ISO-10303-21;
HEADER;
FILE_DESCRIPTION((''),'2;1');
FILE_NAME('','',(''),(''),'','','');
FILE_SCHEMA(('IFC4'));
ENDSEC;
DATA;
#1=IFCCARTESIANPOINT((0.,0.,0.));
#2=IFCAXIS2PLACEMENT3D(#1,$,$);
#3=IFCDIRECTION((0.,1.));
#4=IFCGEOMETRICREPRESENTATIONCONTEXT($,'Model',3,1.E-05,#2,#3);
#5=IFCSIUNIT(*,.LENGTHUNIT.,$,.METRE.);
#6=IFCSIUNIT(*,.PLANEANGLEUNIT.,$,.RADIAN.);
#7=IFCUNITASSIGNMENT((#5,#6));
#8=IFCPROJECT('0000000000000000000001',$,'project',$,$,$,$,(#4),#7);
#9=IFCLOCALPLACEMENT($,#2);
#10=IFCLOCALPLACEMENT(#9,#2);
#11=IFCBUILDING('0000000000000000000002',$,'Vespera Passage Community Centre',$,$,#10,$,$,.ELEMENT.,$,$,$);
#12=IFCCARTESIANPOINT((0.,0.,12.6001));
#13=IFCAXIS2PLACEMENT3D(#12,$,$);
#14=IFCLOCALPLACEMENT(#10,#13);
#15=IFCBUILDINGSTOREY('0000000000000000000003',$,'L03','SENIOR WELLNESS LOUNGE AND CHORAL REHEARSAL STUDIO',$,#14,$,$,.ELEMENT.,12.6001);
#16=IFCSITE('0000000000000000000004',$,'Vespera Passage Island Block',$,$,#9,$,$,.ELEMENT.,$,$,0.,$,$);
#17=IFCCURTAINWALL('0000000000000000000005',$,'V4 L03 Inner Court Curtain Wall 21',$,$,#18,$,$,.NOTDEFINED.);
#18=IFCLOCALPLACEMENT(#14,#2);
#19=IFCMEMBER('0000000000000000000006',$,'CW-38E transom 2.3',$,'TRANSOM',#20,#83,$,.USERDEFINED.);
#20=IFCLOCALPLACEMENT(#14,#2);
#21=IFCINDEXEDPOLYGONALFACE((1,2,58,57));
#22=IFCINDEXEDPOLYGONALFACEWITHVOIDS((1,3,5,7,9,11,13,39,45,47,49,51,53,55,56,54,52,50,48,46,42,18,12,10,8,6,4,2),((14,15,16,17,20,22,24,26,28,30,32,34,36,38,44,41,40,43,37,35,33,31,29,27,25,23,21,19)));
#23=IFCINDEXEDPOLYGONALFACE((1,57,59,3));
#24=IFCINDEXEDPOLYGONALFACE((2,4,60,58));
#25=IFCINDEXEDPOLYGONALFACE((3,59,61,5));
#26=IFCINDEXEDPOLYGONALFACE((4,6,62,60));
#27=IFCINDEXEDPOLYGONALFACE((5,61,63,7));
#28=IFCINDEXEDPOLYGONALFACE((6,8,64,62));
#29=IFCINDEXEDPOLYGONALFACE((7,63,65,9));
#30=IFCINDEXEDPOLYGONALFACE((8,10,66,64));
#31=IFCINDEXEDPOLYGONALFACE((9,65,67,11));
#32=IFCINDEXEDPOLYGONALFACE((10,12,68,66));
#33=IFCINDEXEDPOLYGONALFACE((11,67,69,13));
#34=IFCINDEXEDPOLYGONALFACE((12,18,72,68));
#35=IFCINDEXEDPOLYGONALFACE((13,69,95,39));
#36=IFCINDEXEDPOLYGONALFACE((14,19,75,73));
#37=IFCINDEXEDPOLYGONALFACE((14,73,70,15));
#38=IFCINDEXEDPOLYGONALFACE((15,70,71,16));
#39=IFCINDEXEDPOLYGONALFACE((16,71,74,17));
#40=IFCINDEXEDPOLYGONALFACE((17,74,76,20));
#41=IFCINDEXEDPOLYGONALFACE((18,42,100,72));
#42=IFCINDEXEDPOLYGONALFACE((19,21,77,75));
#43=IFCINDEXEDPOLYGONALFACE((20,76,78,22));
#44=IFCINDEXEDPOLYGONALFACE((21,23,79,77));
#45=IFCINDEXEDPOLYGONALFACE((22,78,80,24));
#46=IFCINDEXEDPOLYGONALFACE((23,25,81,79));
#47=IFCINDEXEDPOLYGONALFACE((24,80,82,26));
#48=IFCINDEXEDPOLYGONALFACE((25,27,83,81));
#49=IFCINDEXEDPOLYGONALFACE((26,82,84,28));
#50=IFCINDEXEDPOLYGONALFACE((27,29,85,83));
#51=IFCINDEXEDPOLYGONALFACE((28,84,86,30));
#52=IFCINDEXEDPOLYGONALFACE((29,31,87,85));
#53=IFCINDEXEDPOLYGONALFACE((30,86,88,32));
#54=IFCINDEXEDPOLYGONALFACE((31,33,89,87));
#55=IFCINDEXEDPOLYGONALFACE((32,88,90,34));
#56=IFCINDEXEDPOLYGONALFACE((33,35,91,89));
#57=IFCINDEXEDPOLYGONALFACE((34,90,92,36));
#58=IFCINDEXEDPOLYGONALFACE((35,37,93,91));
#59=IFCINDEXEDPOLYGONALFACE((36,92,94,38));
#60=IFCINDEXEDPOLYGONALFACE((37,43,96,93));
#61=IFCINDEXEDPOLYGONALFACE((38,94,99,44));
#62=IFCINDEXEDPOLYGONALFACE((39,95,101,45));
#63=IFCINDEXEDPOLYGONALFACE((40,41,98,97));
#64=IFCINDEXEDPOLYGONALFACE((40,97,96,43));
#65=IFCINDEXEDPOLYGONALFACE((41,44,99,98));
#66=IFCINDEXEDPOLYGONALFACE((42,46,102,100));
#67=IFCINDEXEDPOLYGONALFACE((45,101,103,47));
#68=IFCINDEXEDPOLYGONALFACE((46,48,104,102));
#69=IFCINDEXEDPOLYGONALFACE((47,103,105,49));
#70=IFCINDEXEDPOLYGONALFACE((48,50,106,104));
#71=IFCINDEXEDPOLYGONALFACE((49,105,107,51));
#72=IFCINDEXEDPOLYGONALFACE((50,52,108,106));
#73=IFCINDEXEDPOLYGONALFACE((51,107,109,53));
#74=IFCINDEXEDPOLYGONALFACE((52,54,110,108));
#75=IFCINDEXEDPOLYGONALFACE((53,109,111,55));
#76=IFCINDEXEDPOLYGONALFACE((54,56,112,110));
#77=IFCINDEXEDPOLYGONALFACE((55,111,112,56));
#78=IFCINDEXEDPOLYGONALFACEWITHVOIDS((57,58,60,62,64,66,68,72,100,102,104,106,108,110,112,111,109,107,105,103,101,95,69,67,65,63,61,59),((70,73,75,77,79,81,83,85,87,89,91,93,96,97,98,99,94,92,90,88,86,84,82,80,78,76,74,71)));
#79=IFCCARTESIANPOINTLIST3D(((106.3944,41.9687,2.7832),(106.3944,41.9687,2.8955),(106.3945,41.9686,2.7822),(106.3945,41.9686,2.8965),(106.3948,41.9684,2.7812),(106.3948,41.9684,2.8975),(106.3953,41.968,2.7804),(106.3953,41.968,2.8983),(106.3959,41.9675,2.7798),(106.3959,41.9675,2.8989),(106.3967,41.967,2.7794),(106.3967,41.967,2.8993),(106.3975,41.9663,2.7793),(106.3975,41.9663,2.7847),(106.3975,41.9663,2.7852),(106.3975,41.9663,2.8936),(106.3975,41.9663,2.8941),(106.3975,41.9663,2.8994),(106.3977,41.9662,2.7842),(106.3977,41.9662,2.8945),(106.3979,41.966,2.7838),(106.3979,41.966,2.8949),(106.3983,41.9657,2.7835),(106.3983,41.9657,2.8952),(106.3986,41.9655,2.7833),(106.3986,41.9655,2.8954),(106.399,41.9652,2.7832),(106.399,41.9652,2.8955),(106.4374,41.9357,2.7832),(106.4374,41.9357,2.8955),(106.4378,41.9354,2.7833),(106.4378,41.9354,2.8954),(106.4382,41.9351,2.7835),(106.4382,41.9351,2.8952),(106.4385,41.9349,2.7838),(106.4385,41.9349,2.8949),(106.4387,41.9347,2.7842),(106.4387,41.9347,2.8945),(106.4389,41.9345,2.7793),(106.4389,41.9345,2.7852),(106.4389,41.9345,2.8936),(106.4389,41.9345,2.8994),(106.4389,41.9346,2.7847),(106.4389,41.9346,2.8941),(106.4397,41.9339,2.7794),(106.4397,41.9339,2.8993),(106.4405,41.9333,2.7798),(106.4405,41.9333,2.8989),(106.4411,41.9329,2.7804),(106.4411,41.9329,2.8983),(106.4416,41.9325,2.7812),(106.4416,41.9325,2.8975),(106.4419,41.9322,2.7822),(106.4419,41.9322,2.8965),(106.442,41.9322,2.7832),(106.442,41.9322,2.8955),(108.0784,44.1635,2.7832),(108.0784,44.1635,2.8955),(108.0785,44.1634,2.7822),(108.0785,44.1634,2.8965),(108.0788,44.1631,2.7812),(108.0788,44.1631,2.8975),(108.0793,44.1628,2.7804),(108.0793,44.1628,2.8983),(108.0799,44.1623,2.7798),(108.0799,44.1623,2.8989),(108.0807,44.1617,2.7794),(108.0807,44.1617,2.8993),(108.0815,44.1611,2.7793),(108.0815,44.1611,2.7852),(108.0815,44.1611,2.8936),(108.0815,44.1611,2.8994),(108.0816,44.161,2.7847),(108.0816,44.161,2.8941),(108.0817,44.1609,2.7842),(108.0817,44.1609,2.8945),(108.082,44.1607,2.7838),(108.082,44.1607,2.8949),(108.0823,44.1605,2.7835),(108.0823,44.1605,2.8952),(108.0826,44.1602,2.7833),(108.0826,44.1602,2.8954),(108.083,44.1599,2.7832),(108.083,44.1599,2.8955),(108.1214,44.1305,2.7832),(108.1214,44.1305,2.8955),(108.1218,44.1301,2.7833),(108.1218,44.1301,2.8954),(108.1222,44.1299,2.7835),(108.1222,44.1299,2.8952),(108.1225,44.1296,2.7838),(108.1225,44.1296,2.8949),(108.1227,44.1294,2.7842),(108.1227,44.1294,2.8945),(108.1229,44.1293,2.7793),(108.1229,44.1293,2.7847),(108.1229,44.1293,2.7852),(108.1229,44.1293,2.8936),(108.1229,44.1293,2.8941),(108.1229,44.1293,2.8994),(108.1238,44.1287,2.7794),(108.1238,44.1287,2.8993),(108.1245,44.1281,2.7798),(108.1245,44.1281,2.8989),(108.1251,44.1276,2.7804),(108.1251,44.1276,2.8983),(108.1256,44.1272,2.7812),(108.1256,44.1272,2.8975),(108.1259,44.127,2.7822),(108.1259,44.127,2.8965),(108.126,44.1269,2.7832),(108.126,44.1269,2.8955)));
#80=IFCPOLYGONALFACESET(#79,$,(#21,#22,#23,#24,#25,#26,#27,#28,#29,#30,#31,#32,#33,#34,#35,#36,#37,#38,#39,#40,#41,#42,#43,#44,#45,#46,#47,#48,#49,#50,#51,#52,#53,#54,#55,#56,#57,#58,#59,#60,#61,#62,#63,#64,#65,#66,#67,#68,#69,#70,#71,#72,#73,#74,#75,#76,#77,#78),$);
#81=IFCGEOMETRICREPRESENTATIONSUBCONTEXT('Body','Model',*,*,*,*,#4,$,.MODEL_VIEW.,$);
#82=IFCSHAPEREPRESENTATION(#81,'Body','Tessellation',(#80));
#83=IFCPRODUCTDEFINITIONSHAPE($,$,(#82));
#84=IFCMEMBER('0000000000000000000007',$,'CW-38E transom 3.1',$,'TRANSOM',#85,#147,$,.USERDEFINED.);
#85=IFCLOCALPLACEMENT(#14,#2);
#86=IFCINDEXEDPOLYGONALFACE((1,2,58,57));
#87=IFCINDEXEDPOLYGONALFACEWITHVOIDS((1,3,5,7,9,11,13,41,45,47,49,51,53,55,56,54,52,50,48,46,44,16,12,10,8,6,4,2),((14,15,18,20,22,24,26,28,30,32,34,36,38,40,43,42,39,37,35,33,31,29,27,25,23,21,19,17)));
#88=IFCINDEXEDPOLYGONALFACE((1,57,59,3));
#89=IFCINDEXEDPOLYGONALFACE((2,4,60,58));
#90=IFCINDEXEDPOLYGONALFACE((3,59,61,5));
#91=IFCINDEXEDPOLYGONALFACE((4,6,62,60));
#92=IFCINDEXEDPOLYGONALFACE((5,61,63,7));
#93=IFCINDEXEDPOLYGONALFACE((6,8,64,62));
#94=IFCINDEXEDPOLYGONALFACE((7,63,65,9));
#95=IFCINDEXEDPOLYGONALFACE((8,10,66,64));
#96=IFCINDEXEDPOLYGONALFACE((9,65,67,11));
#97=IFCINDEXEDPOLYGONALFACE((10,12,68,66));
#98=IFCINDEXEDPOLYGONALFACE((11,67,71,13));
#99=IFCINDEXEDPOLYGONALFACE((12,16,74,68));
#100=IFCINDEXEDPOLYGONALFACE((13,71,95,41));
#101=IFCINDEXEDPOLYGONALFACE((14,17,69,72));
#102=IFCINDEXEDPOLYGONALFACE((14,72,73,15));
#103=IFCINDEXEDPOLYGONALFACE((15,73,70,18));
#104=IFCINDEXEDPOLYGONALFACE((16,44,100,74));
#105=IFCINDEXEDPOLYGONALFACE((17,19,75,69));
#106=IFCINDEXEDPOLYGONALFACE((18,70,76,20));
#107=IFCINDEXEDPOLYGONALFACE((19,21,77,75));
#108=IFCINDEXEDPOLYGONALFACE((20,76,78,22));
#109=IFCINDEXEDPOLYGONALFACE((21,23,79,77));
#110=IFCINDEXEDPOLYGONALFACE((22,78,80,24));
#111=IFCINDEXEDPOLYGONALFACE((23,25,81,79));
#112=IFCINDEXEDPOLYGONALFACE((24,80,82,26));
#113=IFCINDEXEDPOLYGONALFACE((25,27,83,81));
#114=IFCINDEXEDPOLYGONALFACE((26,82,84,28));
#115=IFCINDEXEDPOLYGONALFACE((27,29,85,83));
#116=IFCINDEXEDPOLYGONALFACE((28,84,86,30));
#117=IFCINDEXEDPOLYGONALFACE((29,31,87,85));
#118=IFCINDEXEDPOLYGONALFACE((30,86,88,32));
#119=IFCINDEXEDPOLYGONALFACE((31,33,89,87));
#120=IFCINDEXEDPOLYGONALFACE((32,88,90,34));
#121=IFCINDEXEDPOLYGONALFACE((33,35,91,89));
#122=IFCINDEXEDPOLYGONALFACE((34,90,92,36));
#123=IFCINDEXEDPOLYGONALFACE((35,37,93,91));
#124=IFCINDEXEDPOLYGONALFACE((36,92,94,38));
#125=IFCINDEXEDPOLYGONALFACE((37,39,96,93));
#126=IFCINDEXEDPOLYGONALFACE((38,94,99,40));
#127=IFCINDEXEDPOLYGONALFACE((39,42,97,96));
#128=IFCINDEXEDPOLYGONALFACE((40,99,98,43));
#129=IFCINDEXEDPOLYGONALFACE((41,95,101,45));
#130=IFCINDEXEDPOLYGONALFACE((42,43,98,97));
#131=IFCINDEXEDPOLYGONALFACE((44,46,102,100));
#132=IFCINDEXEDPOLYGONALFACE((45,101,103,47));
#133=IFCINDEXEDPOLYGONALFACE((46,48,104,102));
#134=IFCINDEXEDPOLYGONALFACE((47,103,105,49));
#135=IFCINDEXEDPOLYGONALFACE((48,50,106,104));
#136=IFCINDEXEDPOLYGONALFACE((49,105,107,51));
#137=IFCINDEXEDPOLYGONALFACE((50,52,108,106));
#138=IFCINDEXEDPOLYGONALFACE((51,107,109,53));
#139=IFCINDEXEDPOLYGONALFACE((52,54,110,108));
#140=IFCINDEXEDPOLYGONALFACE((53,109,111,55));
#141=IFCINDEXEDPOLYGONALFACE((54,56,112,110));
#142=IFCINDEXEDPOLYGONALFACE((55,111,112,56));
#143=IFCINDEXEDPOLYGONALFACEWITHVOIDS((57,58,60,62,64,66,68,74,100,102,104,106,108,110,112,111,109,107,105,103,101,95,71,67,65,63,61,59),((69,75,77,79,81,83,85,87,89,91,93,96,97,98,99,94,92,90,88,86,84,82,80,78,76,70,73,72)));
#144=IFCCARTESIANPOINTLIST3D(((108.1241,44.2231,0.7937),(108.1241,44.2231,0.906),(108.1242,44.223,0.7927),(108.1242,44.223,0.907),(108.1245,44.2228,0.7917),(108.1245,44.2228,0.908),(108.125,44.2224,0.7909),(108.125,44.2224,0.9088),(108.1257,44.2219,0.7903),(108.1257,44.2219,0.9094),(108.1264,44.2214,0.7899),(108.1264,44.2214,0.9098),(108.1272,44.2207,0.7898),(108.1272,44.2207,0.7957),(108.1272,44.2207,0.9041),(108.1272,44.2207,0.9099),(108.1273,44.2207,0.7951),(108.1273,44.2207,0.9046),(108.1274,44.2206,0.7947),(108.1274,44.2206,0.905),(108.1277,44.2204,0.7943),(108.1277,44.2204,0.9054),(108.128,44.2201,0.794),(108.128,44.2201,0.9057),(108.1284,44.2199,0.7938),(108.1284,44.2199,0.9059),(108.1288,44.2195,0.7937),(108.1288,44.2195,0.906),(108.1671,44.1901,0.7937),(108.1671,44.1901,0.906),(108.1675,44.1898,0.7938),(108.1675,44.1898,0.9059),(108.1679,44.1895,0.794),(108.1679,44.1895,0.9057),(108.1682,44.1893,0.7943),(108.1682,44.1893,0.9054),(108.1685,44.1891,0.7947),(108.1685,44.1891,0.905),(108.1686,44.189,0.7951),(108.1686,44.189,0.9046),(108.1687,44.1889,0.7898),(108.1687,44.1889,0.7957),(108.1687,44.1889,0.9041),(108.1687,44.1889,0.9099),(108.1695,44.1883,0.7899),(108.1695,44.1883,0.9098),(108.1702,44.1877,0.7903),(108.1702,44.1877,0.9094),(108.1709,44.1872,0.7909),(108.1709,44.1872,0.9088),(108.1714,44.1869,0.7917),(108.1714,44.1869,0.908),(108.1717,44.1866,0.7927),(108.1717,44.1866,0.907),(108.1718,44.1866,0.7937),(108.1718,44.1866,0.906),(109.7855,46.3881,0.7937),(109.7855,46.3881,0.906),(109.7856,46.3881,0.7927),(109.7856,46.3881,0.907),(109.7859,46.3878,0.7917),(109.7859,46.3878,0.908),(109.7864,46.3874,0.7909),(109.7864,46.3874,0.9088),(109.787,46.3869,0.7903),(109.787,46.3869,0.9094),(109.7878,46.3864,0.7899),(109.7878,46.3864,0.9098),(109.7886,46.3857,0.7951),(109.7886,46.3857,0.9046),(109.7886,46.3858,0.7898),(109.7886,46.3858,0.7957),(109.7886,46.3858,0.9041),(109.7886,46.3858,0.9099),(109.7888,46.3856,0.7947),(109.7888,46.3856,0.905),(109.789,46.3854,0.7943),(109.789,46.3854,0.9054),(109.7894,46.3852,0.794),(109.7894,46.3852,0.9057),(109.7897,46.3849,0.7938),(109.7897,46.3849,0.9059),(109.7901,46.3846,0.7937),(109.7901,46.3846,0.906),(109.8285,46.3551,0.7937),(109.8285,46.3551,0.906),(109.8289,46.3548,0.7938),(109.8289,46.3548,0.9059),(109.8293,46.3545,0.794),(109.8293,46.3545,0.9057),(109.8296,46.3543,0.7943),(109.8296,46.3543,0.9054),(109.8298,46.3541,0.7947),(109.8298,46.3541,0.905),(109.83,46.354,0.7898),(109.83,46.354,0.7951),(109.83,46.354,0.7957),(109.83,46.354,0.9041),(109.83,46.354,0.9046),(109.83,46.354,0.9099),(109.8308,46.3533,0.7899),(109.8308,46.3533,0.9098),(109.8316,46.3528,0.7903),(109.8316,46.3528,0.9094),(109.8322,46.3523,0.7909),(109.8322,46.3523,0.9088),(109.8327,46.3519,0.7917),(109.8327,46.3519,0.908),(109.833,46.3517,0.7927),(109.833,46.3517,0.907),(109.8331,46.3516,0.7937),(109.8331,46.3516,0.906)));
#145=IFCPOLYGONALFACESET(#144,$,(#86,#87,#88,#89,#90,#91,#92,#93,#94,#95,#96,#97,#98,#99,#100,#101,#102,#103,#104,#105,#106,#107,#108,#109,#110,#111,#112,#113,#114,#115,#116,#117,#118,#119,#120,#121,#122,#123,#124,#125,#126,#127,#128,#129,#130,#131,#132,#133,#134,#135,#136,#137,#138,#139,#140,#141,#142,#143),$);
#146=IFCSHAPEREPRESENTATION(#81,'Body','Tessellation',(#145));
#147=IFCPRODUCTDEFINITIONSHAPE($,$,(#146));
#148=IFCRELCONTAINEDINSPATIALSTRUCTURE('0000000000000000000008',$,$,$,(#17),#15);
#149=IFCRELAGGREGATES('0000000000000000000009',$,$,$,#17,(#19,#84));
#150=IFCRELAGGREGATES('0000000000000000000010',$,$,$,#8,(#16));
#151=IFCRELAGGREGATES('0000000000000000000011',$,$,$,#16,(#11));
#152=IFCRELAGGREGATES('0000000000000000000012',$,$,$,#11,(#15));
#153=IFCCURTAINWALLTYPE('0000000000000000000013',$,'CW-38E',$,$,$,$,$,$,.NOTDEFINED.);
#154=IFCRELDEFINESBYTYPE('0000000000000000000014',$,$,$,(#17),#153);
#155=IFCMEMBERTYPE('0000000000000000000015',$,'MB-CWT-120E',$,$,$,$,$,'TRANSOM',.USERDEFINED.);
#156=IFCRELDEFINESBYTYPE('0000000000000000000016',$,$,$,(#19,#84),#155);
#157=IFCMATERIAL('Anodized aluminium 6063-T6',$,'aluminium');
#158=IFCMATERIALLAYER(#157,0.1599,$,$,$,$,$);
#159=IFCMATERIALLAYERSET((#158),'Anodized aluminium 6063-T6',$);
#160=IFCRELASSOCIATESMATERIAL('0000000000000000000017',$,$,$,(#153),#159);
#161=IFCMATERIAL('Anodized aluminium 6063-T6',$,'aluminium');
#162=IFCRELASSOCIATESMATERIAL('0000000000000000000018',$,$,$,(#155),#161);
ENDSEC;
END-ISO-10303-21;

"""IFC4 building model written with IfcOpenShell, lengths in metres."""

from ifc_helpers import new_model, si_unit, direction, frame, origin, origin_2d, place, context, subcontext, project, spatial, hollow_rectangle, extrude, material, layer, layer_set, material_profile, profile_set, type_object, element, aggregate, save


model = new_model("IFC4")

# Units and contexts
model_context = context("Model", 3, precision=1e-05, world=origin(), true_north=direction((0.0, 1.0)))
body_context = subcontext(model_context, "Body", "Model", "MODEL_VIEW")
ifc_project = project(units=[si_unit("LENGTHUNIT", "METRE"), si_unit("PLANEANGLEUNIT", "RADIAN")], contexts=[model_context])

# Site, building, storey
site_placement = place(None, origin())
site = spatial("IfcSite", under=ifc_project, at=site_placement, Name="Vespera Passage Island Block", CompositionType="ELEMENT", RefElevation=0.0)
building_placement = place(site_placement, origin())
building = spatial("IfcBuilding", under=site, at=building_placement, Name="Vespera Passage Community Centre", CompositionType="ELEMENT")
storey_placement = place(building_placement, frame((0.0, 0.0, 12.6001)))
storey = spatial("IfcBuildingStorey", under=building, at=storey_placement, Name="L03", Description="SENIOR WELLNESS LOUNGE AND CHORAL REHEARSAL STUDIO", CompositionType="ELEMENT", Elevation=12.6001)

# Curtain wall, members
ifc_material_1 = material(Name="Anodized aluminium 6063-T6", Category="aluminium")
ifc_layer_1 = layer(ifc_material_1, 0.1599)
ifc_layer_set_1 = layer_set([ifc_layer_1], Name="Anodized aluminium 6063-T6")
curtain_wall_type = type_object("IfcCurtainWallType", Name="CW-38E", PredefinedType="NOTDEFINED", material=ifc_layer_set_1)
curtain_wall_placement = place(storey_placement, origin())
curtain_wall = element("IfcCurtainWall", 1, at=curtain_wall_placement, inside=storey, type_object=curtain_wall_type, Name="V4 L03 Inner Court Curtain Wall 21", PredefinedType="NOTDEFINED")
ifc_material_2 = material(Name="Anodized aluminium 6063-T6", Category="aluminium")
ifc_material_profile_1 = material_profile(ifc_material_2, hollow_rectangle(XDim=0.0601, YDim=0.1201, WallThickness=0.0039, InnerFilletRadius=0.002, OuterFilletRadius=0.0039, at=origin_2d()), Name="ALU120X60X4")
ifc_profile_set_1 = profile_set([ifc_material_profile_1], Name="Anodized aluminium 6063-T6")
member_type_1 = type_object("IfcMemberType", Name="MB-CWT-120E", ElementType="TRANSOM", PredefinedType="USERDEFINED", material=ifc_profile_set_1)
member_1_placement = place(storey_placement, frame((106.4182, 41.9504, 2.8394), z_axis=(0.608746, 0.793365, 0.0), x_axis=(-0.793365, 0.608746, 0.0)))
member_1 = element("IfcMember", 2, at=member_1_placement, type_object=member_type_1, Name="CW-38E transom 2.3", ObjectType="TRANSOM", PredefinedType="USERDEFINED", context=body_context, shape_type="SweptSolid", body=[
    extrude(hollow_rectangle(XDim=0.0601, YDim=0.1201, WallThickness=0.0039, InnerFilletRadius=0.002, OuterFilletRadius=0.0039, at=origin_2d()), origin(), (0.0, 0.0, 1.0), 2.7664),
])
member_2_placement = place(storey_placement, frame((108.1479, 44.2048, 0.8499), z_axis=(0.608781, 0.793338, 0.0), x_axis=(-0.793338, 0.608781, 0.0)))
member_2 = element("IfcMember", 3, at=member_2_placement, type_object=member_type_1, Name="CW-38E transom 3.1", ObjectType="TRANSOM", PredefinedType="USERDEFINED", context=body_context, shape_type="SweptSolid", body=[
    extrude(hollow_rectangle(XDim=0.0601, YDim=0.1201, WallThickness=0.0039, InnerFilletRadius=0.002, OuterFilletRadius=0.0039, at=origin_2d()), origin(), (0.0, 0.0, 1.0), 2.729),
])
aggregate(curtain_wall, [member_1, member_2])

save(model, "model.ifc")
